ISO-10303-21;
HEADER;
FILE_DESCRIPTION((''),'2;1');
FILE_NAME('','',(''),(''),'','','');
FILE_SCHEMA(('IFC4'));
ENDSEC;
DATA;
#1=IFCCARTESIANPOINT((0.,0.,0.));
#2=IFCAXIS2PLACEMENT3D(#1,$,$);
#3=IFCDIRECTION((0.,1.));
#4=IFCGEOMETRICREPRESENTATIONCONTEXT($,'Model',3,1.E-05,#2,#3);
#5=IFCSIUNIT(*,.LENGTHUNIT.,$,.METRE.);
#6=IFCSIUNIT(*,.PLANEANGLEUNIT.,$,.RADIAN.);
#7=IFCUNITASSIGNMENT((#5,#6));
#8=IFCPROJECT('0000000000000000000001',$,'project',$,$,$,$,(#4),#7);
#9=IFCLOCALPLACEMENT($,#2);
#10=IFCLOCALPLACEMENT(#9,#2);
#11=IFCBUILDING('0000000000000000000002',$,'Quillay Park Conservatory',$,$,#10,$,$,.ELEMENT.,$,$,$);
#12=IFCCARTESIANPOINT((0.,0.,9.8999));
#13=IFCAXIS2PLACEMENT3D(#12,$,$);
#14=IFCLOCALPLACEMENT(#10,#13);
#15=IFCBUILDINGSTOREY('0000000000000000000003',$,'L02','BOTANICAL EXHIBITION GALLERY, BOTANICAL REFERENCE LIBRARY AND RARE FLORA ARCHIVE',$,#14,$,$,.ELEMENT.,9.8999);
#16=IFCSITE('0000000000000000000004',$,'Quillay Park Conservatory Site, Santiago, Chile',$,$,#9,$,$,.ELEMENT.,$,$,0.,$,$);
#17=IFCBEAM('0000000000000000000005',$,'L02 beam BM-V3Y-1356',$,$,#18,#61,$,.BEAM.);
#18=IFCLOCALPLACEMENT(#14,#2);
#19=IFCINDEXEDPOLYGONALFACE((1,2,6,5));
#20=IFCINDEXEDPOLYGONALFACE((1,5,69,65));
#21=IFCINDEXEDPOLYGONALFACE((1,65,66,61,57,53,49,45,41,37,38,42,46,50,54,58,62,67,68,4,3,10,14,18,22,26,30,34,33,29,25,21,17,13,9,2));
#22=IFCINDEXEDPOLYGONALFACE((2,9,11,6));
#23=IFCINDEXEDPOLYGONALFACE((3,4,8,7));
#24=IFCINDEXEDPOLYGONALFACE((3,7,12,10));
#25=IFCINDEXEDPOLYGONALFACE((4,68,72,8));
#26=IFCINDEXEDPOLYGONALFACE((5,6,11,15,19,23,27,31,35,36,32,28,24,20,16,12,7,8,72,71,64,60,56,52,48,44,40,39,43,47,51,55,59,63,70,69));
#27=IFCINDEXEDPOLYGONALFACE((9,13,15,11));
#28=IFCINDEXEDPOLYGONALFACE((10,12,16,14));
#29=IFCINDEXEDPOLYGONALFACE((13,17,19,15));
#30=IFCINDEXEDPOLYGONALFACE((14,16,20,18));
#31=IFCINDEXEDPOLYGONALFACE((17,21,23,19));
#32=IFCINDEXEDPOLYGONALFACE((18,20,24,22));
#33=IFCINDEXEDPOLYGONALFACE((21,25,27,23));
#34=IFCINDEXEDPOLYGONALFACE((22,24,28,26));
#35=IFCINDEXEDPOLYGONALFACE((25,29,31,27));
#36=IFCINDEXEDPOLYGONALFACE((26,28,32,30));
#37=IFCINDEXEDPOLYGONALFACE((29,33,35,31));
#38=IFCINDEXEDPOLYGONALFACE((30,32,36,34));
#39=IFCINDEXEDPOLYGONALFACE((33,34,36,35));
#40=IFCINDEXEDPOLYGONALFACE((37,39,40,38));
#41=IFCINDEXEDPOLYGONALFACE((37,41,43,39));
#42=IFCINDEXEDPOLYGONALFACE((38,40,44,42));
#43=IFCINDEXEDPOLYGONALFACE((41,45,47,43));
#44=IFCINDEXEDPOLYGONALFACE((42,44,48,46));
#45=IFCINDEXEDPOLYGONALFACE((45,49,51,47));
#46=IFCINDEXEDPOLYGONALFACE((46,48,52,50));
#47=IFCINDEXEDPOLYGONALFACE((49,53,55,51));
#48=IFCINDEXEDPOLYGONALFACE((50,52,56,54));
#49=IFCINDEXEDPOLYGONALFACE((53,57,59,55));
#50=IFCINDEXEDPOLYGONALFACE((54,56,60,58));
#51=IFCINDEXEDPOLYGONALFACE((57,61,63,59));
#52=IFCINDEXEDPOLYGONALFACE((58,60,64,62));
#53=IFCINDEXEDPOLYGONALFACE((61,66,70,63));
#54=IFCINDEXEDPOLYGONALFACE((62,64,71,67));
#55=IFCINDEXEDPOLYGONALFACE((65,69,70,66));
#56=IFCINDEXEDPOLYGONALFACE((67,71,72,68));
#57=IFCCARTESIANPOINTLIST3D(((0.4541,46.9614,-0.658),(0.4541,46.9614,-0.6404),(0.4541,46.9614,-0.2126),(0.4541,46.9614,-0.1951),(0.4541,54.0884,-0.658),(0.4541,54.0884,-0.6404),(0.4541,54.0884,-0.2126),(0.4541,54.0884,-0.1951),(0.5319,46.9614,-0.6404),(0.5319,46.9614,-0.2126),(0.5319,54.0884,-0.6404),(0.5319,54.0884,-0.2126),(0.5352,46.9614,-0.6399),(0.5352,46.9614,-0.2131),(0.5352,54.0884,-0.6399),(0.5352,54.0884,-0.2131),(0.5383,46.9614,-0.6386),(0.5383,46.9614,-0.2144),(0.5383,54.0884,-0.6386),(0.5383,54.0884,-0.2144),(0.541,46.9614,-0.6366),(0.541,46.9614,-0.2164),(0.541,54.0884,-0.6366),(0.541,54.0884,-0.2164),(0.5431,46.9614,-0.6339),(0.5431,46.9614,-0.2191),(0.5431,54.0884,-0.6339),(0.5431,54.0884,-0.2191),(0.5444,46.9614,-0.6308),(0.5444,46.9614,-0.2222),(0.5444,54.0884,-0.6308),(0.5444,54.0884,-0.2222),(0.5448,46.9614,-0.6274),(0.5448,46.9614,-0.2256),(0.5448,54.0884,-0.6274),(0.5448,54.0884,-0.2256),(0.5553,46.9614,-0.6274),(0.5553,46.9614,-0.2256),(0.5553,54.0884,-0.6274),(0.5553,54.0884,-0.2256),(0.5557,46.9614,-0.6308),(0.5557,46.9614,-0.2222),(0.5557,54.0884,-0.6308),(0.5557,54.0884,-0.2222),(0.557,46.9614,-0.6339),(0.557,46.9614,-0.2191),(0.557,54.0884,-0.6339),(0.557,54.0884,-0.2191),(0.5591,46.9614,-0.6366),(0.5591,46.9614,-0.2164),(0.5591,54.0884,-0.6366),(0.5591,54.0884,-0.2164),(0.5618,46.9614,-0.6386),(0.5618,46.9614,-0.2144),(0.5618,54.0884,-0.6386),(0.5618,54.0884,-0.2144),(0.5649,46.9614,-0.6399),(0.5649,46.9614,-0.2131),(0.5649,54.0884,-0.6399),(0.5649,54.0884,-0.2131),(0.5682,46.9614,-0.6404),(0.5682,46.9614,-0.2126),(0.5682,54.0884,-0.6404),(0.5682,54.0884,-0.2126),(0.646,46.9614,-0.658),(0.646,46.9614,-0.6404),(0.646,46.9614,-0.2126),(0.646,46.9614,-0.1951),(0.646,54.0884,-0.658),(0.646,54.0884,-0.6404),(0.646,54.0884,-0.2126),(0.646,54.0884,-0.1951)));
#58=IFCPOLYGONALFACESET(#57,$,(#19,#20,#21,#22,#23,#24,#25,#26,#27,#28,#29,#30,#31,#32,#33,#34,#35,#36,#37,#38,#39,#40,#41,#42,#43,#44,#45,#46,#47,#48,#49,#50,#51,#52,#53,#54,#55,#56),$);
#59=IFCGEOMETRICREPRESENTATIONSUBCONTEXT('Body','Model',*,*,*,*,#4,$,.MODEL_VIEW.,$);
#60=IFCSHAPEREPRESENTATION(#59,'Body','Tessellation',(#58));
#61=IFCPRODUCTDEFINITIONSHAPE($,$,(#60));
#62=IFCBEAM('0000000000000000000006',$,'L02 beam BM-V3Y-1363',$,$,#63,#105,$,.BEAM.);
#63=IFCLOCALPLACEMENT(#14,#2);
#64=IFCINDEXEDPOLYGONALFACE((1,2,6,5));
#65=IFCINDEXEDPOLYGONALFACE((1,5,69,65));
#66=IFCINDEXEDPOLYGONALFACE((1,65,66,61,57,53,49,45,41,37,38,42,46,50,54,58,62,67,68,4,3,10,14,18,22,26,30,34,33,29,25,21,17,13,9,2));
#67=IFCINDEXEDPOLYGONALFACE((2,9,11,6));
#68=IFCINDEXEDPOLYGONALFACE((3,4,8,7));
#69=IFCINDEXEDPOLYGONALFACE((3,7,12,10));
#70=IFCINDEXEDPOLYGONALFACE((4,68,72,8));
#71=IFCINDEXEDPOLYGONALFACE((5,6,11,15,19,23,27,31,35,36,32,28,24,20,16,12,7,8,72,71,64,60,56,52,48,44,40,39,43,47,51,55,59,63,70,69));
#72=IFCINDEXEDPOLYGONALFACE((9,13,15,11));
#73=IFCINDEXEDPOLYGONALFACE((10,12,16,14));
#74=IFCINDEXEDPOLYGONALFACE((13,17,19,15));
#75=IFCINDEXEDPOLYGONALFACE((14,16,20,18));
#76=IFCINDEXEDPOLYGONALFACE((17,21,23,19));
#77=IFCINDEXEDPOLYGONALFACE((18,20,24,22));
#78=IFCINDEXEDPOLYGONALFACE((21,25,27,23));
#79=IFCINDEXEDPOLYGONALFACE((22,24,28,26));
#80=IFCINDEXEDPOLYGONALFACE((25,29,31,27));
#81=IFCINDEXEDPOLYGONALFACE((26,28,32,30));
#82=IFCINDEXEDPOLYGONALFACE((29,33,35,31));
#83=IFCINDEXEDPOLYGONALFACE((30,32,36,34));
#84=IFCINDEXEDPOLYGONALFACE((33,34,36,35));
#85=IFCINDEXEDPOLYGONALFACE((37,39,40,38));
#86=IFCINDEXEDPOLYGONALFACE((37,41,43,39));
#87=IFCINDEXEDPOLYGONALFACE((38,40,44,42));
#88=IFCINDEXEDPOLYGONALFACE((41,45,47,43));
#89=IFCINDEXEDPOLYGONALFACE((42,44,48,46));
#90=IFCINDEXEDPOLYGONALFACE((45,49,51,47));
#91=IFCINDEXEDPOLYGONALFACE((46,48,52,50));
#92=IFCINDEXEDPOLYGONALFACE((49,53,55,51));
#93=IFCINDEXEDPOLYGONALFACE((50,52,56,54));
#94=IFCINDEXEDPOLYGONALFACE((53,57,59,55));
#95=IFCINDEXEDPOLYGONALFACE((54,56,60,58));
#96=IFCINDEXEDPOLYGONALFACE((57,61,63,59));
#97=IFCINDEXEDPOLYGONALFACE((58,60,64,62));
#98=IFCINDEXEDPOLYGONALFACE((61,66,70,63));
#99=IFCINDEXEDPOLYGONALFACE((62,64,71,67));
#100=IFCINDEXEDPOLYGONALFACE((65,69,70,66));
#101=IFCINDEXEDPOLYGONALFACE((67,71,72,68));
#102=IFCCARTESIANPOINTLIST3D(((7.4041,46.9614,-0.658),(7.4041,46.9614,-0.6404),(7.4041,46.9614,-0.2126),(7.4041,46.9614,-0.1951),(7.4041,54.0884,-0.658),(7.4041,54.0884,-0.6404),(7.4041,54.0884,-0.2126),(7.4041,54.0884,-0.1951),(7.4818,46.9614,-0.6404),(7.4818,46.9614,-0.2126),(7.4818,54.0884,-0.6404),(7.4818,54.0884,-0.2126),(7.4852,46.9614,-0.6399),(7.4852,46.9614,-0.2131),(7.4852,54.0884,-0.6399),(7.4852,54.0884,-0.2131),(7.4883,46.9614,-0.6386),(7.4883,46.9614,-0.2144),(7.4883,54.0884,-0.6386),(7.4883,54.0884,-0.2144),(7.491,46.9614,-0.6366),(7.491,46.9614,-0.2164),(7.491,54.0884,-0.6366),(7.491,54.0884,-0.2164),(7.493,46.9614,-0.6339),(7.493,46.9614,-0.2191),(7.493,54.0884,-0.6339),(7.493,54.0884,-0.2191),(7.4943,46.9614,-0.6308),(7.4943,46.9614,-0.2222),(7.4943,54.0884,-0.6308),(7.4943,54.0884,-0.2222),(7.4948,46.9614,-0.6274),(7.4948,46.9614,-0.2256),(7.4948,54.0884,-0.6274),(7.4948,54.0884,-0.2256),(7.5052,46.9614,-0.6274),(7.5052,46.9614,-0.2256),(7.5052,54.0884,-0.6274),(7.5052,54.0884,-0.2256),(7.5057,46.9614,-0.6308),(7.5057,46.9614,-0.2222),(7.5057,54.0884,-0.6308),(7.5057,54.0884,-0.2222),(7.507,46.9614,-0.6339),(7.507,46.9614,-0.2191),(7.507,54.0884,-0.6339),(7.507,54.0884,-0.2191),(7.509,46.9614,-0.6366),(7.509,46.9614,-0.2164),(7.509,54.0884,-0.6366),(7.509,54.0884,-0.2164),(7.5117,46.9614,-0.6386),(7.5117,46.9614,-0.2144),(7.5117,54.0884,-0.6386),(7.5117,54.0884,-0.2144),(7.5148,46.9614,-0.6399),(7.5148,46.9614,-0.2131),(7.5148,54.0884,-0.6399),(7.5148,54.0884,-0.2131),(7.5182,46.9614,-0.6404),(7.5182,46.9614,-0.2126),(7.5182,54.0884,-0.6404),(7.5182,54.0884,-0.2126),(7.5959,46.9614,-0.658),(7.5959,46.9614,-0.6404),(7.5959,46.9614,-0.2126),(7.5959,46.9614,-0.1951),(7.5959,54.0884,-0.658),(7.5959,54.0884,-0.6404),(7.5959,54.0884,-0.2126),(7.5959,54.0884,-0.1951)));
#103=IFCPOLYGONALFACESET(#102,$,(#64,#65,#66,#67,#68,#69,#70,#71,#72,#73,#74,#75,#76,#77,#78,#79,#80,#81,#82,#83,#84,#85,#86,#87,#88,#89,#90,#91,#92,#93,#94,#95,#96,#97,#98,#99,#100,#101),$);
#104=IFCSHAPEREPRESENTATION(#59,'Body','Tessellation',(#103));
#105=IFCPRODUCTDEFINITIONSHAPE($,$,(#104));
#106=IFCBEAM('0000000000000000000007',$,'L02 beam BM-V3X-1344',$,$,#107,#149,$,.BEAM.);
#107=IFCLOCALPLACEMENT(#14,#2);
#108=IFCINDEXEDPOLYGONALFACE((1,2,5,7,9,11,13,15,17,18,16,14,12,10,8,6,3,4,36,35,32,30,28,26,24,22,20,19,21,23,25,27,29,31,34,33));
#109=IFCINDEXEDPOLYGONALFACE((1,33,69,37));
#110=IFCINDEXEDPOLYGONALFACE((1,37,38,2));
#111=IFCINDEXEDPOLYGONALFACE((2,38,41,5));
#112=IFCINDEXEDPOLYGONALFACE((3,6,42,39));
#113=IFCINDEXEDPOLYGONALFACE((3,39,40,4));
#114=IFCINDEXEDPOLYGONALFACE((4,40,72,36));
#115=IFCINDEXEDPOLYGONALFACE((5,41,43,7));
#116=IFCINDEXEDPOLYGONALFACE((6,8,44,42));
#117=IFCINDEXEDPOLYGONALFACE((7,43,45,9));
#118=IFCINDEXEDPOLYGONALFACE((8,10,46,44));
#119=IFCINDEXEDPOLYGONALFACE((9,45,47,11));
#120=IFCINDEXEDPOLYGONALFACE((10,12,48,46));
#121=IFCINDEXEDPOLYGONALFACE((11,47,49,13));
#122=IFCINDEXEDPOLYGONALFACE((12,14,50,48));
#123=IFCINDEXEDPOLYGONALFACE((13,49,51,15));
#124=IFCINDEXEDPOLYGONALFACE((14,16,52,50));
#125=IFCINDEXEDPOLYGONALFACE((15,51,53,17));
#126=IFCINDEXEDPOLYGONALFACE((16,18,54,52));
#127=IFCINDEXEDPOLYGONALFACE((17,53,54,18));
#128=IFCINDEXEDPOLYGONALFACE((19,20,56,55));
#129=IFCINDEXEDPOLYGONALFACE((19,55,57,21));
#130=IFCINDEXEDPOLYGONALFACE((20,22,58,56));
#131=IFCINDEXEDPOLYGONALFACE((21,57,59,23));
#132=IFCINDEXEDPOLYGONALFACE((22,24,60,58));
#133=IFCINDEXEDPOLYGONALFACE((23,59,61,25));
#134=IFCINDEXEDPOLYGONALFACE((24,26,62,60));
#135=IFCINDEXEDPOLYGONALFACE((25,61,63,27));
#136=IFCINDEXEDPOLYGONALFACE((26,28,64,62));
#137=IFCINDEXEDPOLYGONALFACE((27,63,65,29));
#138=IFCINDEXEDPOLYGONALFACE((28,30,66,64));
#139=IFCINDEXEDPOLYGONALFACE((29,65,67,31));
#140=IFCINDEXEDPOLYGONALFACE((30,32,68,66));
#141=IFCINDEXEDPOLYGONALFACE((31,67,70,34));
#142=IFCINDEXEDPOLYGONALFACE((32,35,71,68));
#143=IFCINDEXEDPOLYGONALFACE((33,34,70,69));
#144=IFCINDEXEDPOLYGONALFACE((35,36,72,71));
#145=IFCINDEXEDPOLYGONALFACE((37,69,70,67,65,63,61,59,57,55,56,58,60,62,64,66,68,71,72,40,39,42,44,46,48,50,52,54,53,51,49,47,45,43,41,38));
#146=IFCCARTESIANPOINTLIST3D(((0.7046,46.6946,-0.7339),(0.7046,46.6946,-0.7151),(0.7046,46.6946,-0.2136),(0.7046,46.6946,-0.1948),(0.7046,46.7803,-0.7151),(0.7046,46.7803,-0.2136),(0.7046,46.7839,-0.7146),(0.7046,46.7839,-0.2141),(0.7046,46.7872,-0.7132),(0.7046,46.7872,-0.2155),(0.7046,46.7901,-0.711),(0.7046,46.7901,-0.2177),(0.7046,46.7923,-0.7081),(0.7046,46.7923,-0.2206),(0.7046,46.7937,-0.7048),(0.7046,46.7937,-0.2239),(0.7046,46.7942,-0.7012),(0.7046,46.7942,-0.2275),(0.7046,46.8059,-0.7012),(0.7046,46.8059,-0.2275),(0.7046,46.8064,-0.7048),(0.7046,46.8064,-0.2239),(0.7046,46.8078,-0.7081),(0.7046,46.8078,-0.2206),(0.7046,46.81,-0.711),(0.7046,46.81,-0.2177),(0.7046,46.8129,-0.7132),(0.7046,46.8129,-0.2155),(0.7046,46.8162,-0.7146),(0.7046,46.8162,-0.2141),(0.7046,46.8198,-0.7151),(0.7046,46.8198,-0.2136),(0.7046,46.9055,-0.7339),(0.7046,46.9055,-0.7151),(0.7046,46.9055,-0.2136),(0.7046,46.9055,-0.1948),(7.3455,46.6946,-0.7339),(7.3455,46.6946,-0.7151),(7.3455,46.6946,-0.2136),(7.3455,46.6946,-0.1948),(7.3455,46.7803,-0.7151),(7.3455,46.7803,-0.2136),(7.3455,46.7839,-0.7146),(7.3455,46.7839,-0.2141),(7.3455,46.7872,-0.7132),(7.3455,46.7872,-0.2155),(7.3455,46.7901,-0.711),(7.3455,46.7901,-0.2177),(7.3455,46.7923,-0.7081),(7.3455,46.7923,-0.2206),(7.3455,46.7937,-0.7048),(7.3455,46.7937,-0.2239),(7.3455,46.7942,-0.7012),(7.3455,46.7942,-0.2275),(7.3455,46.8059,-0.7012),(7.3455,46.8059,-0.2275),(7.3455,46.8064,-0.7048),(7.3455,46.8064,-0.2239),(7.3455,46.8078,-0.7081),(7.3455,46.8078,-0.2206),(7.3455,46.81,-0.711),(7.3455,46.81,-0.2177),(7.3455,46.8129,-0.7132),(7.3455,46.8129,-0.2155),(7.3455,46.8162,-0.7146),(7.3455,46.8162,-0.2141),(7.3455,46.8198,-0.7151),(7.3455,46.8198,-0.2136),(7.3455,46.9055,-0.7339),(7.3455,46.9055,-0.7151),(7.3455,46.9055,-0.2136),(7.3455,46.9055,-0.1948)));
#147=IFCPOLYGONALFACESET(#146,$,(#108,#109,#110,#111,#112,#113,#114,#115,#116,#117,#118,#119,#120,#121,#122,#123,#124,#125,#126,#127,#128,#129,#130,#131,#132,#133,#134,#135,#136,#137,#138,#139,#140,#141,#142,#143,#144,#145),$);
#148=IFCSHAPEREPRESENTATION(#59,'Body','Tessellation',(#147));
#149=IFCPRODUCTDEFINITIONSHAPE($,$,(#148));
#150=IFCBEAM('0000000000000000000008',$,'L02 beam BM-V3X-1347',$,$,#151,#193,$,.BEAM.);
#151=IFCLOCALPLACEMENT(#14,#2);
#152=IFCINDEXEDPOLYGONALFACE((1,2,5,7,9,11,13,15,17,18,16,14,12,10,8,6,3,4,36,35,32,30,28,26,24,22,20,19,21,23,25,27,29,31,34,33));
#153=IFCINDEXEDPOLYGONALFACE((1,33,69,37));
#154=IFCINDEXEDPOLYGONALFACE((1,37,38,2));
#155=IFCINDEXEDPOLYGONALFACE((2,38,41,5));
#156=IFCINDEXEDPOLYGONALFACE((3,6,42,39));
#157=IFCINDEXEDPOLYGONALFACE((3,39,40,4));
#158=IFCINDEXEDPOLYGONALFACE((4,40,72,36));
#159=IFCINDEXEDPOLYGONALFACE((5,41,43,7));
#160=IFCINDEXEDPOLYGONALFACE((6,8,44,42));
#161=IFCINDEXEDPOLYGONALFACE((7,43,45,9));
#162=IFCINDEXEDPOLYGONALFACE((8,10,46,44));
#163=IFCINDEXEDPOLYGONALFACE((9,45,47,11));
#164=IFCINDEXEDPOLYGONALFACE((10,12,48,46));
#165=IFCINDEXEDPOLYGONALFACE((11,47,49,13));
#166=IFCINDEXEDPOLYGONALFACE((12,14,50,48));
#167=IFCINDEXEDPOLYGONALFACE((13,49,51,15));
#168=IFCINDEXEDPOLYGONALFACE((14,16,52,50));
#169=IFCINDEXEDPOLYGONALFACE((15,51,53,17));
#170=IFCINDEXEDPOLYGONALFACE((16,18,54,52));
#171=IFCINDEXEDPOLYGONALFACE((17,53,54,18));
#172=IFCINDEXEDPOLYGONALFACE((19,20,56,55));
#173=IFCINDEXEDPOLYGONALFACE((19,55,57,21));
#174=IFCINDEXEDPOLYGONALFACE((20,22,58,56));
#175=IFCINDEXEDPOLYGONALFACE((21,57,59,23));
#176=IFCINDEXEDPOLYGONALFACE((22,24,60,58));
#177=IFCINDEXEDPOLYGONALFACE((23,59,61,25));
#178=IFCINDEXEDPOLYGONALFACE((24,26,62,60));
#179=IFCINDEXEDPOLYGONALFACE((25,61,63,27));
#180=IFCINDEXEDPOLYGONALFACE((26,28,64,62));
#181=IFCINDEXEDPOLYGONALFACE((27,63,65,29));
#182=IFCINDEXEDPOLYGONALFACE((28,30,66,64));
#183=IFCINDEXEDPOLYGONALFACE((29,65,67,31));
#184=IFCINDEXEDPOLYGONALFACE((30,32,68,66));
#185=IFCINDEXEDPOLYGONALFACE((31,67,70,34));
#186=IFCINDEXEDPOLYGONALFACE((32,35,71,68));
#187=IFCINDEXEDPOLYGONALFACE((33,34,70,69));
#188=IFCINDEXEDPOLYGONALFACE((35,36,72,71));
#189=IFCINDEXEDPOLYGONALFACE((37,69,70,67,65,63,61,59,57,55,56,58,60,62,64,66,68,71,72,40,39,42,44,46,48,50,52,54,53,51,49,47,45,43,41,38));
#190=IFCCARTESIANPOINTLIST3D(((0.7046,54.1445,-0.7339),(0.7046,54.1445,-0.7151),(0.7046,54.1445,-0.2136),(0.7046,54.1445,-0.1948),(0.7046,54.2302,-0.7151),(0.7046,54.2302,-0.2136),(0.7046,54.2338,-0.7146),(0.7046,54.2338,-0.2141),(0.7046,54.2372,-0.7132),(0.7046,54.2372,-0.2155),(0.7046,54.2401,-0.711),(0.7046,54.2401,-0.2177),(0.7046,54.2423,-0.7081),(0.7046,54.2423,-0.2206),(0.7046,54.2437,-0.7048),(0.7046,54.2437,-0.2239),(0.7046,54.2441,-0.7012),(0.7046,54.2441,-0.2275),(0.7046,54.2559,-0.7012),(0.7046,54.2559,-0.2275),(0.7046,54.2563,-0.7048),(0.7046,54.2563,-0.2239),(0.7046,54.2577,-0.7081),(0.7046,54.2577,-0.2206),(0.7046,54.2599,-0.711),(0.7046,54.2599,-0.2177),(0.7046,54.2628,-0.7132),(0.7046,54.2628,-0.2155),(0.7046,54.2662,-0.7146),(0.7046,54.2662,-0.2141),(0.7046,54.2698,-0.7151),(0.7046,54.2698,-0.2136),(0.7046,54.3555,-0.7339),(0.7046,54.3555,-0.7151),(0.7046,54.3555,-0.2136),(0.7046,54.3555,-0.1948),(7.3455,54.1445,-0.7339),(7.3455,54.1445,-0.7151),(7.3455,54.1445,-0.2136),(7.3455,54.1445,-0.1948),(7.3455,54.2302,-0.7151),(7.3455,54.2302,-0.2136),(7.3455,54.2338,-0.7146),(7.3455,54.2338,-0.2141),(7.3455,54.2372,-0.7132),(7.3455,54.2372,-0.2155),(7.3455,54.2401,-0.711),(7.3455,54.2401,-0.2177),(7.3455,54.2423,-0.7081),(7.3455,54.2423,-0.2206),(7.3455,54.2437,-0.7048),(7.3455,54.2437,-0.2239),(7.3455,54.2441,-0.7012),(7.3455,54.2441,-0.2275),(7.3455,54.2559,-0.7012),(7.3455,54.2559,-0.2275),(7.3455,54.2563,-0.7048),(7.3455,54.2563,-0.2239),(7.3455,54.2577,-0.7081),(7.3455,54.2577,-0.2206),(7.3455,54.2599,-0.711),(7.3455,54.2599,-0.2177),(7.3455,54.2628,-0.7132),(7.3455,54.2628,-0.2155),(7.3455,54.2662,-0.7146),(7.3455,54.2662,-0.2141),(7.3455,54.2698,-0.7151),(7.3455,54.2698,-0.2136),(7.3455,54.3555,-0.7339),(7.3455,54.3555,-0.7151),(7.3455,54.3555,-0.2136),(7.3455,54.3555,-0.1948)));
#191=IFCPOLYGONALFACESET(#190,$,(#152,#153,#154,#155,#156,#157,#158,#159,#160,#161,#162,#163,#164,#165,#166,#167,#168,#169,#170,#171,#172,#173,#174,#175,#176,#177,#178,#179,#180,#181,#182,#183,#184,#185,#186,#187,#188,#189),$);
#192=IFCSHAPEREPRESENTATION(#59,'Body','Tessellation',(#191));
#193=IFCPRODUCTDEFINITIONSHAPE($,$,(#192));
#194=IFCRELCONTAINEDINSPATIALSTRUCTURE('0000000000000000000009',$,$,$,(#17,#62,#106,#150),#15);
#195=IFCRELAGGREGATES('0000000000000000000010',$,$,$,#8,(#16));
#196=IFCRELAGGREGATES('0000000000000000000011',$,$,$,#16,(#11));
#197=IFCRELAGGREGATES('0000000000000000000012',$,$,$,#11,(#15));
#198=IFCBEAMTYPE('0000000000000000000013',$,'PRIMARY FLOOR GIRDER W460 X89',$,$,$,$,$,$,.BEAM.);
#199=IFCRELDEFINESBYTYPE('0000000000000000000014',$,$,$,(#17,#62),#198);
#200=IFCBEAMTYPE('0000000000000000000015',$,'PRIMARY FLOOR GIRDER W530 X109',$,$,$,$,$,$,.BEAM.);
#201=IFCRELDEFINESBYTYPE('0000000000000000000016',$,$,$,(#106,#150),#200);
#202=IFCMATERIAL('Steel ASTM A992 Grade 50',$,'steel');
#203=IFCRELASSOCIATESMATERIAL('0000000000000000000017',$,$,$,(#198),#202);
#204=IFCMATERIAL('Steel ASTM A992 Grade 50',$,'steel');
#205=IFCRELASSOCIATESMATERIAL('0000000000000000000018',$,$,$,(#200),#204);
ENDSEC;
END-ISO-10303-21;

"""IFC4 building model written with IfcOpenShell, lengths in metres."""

from ifc_helpers import new_model, si_unit, direction, frame, origin, origin_2d, place, context, subcontext, project, spatial, i_section, extrude, material, material_profile, profile_set, type_object, element, save


model = new_model("IFC4")

# Units and contexts
model_context = context("Model", 3, precision=1e-05, world=origin(), true_north=direction((0.0, 1.0)))
body_context = subcontext(model_context, "Body", "Model", "MODEL_VIEW")
ifc_project = project(units=[si_unit("LENGTHUNIT", "METRE"), si_unit("PLANEANGLEUNIT", "RADIAN")], contexts=[model_context])

# Site, building, storey
site_placement = place(None, origin())
site = spatial("IfcSite", under=ifc_project, at=site_placement, Name="Quillay Park Conservatory Site, Santiago, Chile", CompositionType="ELEMENT", RefElevation=0.0)
building_placement = place(site_placement, origin())
building = spatial("IfcBuilding", under=site, at=building_placement, Name="Quillay Park Conservatory", CompositionType="ELEMENT")
storey_placement = place(building_placement, frame((0.0, 0.0, 9.8999)))
storey = spatial("IfcBuildingStorey", under=building, at=storey_placement, Name="L02", Description="BOTANICAL EXHIBITION GALLERY, BOTANICAL REFERENCE LIBRARY AND RARE FLORA ARCHIVE", CompositionType="ELEMENT", Elevation=9.8999)

# Beams
ifc_material_1 = material(Name="Steel ASTM A992 Grade 50", Category="steel")
ifc_material_profile_1 = material_profile(ifc_material_1, i_section(OverallWidth=0.1919, OverallDepth=0.4629, WebThickness=0.0105, FlangeThickness=0.0176, FilletRadius=0.0129, at=origin_2d()), Name="W460x89")
ifc_profile_set_1 = profile_set([ifc_material_profile_1], Name="Steel ASTM A992 Grade 50")
beam_type_1 = type_object("IfcBeamType", Name="PRIMARY FLOOR GIRDER W460 X89", PredefinedType="BEAM", material=ifc_profile_set_1)
for number, where, z_axis, x_axis, name in (
    (1, (0.55, 46.9614, -0.4265), (0.0, 1.0, 0.0), (-1.0, 0.0, 0.0), "L02 beam BM-V3Y-1356"),
    (2, (7.5, 46.9614, -0.4265), (0.0, 1.0, 0.0), (-1.0, 0.0, 0.0), "L02 beam BM-V3Y-1363"),
):
    element("IfcBeam", number, at=place(storey_placement, frame(where, z_axis=z_axis, x_axis=x_axis)), inside=storey, type_object=beam_type_1, Name=name, PredefinedType="BEAM", context=body_context, shape_type="SweptSolid", body=[
        extrude(i_section(OverallWidth=0.1919, OverallDepth=0.4629, WebThickness=0.0105, FlangeThickness=0.0176, FilletRadius=0.0129, at=origin_2d()), origin(), (0.0, 0.0, 1.0), 7.127),
    ])
ifc_material_2 = material(Name="Steel ASTM A992 Grade 50", Category="steel")
ifc_material_profile_2 = material_profile(ifc_material_2, i_section(OverallWidth=0.2109, OverallDepth=0.5391, WebThickness=0.0117, FlangeThickness=0.0188, FilletRadius=0.0139, at=origin_2d()), Name="W530x109")
ifc_profile_set_2 = profile_set([ifc_material_profile_2], Name="Steel ASTM A992 Grade 50")
beam_type_2 = type_object("IfcBeamType", Name="PRIMARY FLOOR GIRDER W530 X109", PredefinedType="BEAM", material=ifc_profile_set_2)
for number, where, z_axis, x_axis, name in (
    (3, (0.7046, 46.8, -0.4644), (1.0, 0.0, 0.0), (0.0, 1.0, 0.0), "L02 beam BM-V3X-1344"),
    (4, (0.7046, 54.25, -0.4644), (1.0, 0.0, 0.0), (0.0, 1.0, 0.0), "L02 beam BM-V3X-1347"),
):
    element("IfcBeam", number, at=place(storey_placement, frame(where, z_axis=z_axis, x_axis=x_axis)), inside=storey, type_object=beam_type_2, Name=name, PredefinedType="BEAM", context=body_context, shape_type="SweptSolid", body=[
        extrude(i_section(OverallWidth=0.2109, OverallDepth=0.5391, WebThickness=0.0117, FlangeThickness=0.0188, FilletRadius=0.0139, at=origin_2d()), origin(), (0.0, 0.0, 1.0), 6.6409),
    ])

save(model, "model.ifc")
